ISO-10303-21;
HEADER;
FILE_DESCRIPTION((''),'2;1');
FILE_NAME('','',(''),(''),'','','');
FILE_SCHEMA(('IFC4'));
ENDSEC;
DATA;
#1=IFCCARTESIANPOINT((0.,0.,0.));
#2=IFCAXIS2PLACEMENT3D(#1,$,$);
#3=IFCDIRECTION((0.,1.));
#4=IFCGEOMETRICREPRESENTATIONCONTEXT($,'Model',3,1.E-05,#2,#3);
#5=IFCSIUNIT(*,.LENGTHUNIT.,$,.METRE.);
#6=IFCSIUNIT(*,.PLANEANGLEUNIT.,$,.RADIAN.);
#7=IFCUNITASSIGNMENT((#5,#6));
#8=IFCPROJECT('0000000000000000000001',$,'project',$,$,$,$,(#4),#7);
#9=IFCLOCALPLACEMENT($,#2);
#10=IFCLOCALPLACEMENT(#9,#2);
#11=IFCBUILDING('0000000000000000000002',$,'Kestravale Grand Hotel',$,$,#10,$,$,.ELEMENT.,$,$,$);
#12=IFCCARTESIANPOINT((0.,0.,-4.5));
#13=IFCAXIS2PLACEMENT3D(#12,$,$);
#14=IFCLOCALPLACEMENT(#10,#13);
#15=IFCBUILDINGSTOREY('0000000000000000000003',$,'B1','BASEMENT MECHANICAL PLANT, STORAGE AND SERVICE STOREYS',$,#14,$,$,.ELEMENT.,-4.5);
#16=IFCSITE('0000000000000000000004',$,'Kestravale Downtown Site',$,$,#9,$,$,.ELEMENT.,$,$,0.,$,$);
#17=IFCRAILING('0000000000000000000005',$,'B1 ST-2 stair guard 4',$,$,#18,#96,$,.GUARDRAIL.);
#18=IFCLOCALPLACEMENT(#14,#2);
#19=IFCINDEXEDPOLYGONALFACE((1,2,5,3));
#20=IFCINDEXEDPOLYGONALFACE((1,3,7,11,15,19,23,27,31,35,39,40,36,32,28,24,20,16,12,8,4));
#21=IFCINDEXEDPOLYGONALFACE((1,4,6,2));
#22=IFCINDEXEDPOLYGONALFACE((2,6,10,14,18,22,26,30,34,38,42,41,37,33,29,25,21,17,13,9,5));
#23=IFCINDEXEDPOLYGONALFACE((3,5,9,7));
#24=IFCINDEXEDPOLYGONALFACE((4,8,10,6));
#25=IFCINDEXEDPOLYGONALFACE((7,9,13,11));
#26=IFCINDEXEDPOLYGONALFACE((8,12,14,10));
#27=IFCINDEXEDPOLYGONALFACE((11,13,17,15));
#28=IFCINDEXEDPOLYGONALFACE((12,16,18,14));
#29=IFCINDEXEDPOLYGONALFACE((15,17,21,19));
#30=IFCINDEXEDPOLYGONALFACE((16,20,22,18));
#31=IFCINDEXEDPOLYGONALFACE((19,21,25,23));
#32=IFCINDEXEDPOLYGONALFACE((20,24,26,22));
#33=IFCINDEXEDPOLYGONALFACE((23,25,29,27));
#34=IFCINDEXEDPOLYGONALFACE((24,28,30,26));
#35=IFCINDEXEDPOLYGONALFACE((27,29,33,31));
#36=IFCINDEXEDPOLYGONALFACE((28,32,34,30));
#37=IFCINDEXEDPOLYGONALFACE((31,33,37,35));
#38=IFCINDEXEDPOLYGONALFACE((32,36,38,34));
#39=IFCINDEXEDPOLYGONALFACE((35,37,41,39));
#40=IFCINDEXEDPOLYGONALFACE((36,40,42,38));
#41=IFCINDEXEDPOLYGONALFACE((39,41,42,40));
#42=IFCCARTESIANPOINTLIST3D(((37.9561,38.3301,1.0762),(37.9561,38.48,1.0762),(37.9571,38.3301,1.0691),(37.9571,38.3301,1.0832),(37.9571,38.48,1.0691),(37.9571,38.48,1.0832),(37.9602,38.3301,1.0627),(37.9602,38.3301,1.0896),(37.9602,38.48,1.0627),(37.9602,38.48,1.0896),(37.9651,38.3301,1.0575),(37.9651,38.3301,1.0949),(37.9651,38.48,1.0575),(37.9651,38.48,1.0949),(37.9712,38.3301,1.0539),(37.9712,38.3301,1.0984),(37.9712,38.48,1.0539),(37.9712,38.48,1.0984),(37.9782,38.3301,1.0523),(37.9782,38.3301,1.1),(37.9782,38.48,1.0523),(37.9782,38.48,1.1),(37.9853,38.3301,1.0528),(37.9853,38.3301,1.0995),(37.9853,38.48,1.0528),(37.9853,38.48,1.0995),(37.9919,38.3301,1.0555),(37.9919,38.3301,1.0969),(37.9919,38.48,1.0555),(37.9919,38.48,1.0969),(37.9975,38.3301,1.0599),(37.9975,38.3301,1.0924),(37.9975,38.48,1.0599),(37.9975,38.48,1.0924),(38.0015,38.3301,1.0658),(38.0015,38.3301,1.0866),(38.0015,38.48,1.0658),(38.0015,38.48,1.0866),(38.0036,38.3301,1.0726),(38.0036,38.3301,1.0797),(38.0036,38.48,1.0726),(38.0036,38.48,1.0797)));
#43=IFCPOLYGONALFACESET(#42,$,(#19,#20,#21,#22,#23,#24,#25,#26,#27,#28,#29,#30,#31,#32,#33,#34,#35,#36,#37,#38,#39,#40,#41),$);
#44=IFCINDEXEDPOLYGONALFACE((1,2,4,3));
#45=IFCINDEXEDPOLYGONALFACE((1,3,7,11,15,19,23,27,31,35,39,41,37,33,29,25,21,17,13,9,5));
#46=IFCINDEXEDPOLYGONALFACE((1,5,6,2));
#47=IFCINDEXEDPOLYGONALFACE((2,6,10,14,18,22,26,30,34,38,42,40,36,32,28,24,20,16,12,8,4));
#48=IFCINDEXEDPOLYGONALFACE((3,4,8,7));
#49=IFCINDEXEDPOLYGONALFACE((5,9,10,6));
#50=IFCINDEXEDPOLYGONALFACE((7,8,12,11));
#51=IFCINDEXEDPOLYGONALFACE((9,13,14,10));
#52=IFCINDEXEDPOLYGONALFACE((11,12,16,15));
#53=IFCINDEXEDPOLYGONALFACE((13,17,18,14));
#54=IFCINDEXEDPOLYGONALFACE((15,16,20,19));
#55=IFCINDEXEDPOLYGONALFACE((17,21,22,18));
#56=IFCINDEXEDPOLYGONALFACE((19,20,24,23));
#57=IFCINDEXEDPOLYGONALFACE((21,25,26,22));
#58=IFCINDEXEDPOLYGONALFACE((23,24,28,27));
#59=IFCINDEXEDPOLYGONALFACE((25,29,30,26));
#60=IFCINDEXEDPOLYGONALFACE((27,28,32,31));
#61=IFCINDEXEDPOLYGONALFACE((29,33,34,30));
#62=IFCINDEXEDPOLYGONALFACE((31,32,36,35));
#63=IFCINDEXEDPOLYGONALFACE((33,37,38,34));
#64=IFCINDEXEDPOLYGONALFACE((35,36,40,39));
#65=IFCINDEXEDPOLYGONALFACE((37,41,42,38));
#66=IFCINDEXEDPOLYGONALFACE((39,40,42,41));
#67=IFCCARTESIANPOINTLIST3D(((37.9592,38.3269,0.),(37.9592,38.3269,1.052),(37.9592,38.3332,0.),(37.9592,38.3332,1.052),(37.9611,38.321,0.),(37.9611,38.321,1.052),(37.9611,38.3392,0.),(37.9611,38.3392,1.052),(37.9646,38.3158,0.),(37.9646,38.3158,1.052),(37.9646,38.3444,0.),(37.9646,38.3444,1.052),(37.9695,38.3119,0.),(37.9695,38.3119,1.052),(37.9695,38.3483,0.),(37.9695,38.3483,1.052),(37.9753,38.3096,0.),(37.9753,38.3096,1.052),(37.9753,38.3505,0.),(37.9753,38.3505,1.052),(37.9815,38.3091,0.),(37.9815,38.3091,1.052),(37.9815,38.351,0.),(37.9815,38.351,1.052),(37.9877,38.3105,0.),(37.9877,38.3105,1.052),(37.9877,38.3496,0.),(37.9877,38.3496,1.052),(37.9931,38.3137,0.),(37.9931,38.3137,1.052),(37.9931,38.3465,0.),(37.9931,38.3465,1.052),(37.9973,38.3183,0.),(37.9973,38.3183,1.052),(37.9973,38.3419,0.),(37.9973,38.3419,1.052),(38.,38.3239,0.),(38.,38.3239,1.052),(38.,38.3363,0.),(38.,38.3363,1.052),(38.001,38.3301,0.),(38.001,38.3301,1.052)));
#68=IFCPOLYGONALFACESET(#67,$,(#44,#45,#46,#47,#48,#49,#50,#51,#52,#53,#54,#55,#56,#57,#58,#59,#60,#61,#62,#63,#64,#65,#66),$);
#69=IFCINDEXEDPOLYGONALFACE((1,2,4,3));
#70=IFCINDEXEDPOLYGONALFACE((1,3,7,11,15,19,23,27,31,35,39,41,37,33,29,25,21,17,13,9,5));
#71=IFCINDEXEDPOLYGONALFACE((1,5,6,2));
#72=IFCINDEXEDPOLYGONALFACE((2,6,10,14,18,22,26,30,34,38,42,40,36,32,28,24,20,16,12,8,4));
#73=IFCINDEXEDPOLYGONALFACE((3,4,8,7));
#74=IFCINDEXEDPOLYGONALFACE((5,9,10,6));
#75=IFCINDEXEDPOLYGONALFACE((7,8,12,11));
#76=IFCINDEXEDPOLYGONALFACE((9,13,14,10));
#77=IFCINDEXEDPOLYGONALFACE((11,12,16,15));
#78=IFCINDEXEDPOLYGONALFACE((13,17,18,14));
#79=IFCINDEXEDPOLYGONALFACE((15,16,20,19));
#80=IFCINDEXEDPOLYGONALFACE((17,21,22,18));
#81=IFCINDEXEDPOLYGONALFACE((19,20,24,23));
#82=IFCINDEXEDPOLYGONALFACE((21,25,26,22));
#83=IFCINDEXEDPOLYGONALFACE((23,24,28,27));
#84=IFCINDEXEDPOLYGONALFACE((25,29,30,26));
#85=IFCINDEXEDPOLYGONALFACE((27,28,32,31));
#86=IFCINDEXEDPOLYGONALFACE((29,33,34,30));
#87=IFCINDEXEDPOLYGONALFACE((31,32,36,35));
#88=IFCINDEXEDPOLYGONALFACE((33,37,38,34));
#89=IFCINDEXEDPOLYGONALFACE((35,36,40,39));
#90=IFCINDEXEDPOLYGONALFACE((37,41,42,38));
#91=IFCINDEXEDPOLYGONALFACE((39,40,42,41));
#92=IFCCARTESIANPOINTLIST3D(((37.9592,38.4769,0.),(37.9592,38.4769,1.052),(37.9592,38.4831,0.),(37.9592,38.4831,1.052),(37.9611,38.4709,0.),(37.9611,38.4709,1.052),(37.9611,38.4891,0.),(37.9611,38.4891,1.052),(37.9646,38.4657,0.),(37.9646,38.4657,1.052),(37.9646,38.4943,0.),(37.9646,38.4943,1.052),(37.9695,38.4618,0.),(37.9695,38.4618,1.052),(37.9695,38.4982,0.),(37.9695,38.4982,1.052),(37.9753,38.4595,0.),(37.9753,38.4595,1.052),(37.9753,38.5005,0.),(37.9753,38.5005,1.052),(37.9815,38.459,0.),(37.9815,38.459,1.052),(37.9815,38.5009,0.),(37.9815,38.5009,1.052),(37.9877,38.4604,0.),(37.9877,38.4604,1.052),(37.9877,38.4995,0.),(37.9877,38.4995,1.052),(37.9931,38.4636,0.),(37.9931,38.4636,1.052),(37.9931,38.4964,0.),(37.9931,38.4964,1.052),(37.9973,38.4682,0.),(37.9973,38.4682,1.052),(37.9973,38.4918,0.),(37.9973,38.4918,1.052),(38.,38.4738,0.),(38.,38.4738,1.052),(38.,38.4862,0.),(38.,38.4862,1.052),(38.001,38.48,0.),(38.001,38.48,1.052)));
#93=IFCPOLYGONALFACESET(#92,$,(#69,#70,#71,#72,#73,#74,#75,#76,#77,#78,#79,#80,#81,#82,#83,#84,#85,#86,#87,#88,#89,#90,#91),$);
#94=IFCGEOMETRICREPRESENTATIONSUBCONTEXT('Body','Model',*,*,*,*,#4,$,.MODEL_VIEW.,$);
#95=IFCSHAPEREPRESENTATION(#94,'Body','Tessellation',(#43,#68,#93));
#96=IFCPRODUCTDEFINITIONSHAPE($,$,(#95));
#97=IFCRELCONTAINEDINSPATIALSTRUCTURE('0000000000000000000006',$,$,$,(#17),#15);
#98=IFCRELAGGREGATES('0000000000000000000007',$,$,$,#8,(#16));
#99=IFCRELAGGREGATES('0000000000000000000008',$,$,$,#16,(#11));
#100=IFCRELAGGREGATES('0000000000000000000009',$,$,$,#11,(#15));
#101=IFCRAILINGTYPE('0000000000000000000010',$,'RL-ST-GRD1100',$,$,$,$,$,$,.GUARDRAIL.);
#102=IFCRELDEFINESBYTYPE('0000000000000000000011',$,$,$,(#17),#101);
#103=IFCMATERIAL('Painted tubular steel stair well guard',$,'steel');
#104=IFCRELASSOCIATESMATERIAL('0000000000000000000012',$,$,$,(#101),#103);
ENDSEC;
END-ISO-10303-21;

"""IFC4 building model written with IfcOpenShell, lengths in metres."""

from ifc_helpers import new_model, si_unit, direction, frame, origin, origin_2d, place, context, subcontext, project, spatial, circle, extrude, material, type_object, element, save


model = new_model("IFC4")

# Units and contexts
model_context = context("Model", 3, precision=1e-05, world=origin(), true_north=direction((0.0, 1.0)))
body_context = subcontext(model_context, "Body", "Model", "MODEL_VIEW")
ifc_project = project(units=[si_unit("LENGTHUNIT", "METRE"), si_unit("PLANEANGLEUNIT", "RADIAN")], contexts=[model_context])

# Site, building, storey
site_placement = place(None, origin())
site = spatial("IfcSite", under=ifc_project, at=site_placement, Name="Kestravale Downtown Site", CompositionType="ELEMENT", RefElevation=0.0)
building_placement = place(site_placement, origin())
building = spatial("IfcBuilding", under=site, at=building_placement, Name="Kestravale Grand Hotel", CompositionType="ELEMENT")
storey_placement = place(building_placement, frame((0.0, 0.0, -4.5)))
storey = spatial("IfcBuildingStorey", under=building, at=storey_placement, Name="B1", Description="BASEMENT MECHANICAL PLANT, STORAGE AND SERVICE STOREYS", CompositionType="ELEMENT", Elevation=-4.5)

# Railing
ifc_material_1 = material(Name="Painted tubular steel stair well guard", Category="steel")
railing_type_1 = type_object("IfcRailingType", Name="RL-ST-GRD1100", PredefinedType="GUARDRAIL", material=ifc_material_1)
railing_1_placement = place(storey_placement, frame((37.98, 38.3301, 0.0)))
element("IfcRailing", 1, at=railing_1_placement, inside=storey, type_object=railing_type_1, Name="B1 ST-2 stair guard 4", PredefinedType="GUARDRAIL", context=body_context, shape_type="SweptSolid", body=[
    extrude(circle(Radius=0.0239, at=origin_2d()), frame((0.0, 0.0, 1.0762), z_axis=(0.0, 1.0, 0.0), x_axis=(-1.0, 0.0, 0.0)), (0.0, 0.0, 1.0), 0.1499),
    extrude(circle(Radius=0.021, at=origin_2d()), origin(), (0.0, 0.0, 1.0), 1.052),
    extrude(circle(Radius=0.021, at=origin_2d()), frame((0.0, 0.1499, 0.0)), (0.0, 0.0, 1.0), 1.052),
])

save(model, "model.ifc")
